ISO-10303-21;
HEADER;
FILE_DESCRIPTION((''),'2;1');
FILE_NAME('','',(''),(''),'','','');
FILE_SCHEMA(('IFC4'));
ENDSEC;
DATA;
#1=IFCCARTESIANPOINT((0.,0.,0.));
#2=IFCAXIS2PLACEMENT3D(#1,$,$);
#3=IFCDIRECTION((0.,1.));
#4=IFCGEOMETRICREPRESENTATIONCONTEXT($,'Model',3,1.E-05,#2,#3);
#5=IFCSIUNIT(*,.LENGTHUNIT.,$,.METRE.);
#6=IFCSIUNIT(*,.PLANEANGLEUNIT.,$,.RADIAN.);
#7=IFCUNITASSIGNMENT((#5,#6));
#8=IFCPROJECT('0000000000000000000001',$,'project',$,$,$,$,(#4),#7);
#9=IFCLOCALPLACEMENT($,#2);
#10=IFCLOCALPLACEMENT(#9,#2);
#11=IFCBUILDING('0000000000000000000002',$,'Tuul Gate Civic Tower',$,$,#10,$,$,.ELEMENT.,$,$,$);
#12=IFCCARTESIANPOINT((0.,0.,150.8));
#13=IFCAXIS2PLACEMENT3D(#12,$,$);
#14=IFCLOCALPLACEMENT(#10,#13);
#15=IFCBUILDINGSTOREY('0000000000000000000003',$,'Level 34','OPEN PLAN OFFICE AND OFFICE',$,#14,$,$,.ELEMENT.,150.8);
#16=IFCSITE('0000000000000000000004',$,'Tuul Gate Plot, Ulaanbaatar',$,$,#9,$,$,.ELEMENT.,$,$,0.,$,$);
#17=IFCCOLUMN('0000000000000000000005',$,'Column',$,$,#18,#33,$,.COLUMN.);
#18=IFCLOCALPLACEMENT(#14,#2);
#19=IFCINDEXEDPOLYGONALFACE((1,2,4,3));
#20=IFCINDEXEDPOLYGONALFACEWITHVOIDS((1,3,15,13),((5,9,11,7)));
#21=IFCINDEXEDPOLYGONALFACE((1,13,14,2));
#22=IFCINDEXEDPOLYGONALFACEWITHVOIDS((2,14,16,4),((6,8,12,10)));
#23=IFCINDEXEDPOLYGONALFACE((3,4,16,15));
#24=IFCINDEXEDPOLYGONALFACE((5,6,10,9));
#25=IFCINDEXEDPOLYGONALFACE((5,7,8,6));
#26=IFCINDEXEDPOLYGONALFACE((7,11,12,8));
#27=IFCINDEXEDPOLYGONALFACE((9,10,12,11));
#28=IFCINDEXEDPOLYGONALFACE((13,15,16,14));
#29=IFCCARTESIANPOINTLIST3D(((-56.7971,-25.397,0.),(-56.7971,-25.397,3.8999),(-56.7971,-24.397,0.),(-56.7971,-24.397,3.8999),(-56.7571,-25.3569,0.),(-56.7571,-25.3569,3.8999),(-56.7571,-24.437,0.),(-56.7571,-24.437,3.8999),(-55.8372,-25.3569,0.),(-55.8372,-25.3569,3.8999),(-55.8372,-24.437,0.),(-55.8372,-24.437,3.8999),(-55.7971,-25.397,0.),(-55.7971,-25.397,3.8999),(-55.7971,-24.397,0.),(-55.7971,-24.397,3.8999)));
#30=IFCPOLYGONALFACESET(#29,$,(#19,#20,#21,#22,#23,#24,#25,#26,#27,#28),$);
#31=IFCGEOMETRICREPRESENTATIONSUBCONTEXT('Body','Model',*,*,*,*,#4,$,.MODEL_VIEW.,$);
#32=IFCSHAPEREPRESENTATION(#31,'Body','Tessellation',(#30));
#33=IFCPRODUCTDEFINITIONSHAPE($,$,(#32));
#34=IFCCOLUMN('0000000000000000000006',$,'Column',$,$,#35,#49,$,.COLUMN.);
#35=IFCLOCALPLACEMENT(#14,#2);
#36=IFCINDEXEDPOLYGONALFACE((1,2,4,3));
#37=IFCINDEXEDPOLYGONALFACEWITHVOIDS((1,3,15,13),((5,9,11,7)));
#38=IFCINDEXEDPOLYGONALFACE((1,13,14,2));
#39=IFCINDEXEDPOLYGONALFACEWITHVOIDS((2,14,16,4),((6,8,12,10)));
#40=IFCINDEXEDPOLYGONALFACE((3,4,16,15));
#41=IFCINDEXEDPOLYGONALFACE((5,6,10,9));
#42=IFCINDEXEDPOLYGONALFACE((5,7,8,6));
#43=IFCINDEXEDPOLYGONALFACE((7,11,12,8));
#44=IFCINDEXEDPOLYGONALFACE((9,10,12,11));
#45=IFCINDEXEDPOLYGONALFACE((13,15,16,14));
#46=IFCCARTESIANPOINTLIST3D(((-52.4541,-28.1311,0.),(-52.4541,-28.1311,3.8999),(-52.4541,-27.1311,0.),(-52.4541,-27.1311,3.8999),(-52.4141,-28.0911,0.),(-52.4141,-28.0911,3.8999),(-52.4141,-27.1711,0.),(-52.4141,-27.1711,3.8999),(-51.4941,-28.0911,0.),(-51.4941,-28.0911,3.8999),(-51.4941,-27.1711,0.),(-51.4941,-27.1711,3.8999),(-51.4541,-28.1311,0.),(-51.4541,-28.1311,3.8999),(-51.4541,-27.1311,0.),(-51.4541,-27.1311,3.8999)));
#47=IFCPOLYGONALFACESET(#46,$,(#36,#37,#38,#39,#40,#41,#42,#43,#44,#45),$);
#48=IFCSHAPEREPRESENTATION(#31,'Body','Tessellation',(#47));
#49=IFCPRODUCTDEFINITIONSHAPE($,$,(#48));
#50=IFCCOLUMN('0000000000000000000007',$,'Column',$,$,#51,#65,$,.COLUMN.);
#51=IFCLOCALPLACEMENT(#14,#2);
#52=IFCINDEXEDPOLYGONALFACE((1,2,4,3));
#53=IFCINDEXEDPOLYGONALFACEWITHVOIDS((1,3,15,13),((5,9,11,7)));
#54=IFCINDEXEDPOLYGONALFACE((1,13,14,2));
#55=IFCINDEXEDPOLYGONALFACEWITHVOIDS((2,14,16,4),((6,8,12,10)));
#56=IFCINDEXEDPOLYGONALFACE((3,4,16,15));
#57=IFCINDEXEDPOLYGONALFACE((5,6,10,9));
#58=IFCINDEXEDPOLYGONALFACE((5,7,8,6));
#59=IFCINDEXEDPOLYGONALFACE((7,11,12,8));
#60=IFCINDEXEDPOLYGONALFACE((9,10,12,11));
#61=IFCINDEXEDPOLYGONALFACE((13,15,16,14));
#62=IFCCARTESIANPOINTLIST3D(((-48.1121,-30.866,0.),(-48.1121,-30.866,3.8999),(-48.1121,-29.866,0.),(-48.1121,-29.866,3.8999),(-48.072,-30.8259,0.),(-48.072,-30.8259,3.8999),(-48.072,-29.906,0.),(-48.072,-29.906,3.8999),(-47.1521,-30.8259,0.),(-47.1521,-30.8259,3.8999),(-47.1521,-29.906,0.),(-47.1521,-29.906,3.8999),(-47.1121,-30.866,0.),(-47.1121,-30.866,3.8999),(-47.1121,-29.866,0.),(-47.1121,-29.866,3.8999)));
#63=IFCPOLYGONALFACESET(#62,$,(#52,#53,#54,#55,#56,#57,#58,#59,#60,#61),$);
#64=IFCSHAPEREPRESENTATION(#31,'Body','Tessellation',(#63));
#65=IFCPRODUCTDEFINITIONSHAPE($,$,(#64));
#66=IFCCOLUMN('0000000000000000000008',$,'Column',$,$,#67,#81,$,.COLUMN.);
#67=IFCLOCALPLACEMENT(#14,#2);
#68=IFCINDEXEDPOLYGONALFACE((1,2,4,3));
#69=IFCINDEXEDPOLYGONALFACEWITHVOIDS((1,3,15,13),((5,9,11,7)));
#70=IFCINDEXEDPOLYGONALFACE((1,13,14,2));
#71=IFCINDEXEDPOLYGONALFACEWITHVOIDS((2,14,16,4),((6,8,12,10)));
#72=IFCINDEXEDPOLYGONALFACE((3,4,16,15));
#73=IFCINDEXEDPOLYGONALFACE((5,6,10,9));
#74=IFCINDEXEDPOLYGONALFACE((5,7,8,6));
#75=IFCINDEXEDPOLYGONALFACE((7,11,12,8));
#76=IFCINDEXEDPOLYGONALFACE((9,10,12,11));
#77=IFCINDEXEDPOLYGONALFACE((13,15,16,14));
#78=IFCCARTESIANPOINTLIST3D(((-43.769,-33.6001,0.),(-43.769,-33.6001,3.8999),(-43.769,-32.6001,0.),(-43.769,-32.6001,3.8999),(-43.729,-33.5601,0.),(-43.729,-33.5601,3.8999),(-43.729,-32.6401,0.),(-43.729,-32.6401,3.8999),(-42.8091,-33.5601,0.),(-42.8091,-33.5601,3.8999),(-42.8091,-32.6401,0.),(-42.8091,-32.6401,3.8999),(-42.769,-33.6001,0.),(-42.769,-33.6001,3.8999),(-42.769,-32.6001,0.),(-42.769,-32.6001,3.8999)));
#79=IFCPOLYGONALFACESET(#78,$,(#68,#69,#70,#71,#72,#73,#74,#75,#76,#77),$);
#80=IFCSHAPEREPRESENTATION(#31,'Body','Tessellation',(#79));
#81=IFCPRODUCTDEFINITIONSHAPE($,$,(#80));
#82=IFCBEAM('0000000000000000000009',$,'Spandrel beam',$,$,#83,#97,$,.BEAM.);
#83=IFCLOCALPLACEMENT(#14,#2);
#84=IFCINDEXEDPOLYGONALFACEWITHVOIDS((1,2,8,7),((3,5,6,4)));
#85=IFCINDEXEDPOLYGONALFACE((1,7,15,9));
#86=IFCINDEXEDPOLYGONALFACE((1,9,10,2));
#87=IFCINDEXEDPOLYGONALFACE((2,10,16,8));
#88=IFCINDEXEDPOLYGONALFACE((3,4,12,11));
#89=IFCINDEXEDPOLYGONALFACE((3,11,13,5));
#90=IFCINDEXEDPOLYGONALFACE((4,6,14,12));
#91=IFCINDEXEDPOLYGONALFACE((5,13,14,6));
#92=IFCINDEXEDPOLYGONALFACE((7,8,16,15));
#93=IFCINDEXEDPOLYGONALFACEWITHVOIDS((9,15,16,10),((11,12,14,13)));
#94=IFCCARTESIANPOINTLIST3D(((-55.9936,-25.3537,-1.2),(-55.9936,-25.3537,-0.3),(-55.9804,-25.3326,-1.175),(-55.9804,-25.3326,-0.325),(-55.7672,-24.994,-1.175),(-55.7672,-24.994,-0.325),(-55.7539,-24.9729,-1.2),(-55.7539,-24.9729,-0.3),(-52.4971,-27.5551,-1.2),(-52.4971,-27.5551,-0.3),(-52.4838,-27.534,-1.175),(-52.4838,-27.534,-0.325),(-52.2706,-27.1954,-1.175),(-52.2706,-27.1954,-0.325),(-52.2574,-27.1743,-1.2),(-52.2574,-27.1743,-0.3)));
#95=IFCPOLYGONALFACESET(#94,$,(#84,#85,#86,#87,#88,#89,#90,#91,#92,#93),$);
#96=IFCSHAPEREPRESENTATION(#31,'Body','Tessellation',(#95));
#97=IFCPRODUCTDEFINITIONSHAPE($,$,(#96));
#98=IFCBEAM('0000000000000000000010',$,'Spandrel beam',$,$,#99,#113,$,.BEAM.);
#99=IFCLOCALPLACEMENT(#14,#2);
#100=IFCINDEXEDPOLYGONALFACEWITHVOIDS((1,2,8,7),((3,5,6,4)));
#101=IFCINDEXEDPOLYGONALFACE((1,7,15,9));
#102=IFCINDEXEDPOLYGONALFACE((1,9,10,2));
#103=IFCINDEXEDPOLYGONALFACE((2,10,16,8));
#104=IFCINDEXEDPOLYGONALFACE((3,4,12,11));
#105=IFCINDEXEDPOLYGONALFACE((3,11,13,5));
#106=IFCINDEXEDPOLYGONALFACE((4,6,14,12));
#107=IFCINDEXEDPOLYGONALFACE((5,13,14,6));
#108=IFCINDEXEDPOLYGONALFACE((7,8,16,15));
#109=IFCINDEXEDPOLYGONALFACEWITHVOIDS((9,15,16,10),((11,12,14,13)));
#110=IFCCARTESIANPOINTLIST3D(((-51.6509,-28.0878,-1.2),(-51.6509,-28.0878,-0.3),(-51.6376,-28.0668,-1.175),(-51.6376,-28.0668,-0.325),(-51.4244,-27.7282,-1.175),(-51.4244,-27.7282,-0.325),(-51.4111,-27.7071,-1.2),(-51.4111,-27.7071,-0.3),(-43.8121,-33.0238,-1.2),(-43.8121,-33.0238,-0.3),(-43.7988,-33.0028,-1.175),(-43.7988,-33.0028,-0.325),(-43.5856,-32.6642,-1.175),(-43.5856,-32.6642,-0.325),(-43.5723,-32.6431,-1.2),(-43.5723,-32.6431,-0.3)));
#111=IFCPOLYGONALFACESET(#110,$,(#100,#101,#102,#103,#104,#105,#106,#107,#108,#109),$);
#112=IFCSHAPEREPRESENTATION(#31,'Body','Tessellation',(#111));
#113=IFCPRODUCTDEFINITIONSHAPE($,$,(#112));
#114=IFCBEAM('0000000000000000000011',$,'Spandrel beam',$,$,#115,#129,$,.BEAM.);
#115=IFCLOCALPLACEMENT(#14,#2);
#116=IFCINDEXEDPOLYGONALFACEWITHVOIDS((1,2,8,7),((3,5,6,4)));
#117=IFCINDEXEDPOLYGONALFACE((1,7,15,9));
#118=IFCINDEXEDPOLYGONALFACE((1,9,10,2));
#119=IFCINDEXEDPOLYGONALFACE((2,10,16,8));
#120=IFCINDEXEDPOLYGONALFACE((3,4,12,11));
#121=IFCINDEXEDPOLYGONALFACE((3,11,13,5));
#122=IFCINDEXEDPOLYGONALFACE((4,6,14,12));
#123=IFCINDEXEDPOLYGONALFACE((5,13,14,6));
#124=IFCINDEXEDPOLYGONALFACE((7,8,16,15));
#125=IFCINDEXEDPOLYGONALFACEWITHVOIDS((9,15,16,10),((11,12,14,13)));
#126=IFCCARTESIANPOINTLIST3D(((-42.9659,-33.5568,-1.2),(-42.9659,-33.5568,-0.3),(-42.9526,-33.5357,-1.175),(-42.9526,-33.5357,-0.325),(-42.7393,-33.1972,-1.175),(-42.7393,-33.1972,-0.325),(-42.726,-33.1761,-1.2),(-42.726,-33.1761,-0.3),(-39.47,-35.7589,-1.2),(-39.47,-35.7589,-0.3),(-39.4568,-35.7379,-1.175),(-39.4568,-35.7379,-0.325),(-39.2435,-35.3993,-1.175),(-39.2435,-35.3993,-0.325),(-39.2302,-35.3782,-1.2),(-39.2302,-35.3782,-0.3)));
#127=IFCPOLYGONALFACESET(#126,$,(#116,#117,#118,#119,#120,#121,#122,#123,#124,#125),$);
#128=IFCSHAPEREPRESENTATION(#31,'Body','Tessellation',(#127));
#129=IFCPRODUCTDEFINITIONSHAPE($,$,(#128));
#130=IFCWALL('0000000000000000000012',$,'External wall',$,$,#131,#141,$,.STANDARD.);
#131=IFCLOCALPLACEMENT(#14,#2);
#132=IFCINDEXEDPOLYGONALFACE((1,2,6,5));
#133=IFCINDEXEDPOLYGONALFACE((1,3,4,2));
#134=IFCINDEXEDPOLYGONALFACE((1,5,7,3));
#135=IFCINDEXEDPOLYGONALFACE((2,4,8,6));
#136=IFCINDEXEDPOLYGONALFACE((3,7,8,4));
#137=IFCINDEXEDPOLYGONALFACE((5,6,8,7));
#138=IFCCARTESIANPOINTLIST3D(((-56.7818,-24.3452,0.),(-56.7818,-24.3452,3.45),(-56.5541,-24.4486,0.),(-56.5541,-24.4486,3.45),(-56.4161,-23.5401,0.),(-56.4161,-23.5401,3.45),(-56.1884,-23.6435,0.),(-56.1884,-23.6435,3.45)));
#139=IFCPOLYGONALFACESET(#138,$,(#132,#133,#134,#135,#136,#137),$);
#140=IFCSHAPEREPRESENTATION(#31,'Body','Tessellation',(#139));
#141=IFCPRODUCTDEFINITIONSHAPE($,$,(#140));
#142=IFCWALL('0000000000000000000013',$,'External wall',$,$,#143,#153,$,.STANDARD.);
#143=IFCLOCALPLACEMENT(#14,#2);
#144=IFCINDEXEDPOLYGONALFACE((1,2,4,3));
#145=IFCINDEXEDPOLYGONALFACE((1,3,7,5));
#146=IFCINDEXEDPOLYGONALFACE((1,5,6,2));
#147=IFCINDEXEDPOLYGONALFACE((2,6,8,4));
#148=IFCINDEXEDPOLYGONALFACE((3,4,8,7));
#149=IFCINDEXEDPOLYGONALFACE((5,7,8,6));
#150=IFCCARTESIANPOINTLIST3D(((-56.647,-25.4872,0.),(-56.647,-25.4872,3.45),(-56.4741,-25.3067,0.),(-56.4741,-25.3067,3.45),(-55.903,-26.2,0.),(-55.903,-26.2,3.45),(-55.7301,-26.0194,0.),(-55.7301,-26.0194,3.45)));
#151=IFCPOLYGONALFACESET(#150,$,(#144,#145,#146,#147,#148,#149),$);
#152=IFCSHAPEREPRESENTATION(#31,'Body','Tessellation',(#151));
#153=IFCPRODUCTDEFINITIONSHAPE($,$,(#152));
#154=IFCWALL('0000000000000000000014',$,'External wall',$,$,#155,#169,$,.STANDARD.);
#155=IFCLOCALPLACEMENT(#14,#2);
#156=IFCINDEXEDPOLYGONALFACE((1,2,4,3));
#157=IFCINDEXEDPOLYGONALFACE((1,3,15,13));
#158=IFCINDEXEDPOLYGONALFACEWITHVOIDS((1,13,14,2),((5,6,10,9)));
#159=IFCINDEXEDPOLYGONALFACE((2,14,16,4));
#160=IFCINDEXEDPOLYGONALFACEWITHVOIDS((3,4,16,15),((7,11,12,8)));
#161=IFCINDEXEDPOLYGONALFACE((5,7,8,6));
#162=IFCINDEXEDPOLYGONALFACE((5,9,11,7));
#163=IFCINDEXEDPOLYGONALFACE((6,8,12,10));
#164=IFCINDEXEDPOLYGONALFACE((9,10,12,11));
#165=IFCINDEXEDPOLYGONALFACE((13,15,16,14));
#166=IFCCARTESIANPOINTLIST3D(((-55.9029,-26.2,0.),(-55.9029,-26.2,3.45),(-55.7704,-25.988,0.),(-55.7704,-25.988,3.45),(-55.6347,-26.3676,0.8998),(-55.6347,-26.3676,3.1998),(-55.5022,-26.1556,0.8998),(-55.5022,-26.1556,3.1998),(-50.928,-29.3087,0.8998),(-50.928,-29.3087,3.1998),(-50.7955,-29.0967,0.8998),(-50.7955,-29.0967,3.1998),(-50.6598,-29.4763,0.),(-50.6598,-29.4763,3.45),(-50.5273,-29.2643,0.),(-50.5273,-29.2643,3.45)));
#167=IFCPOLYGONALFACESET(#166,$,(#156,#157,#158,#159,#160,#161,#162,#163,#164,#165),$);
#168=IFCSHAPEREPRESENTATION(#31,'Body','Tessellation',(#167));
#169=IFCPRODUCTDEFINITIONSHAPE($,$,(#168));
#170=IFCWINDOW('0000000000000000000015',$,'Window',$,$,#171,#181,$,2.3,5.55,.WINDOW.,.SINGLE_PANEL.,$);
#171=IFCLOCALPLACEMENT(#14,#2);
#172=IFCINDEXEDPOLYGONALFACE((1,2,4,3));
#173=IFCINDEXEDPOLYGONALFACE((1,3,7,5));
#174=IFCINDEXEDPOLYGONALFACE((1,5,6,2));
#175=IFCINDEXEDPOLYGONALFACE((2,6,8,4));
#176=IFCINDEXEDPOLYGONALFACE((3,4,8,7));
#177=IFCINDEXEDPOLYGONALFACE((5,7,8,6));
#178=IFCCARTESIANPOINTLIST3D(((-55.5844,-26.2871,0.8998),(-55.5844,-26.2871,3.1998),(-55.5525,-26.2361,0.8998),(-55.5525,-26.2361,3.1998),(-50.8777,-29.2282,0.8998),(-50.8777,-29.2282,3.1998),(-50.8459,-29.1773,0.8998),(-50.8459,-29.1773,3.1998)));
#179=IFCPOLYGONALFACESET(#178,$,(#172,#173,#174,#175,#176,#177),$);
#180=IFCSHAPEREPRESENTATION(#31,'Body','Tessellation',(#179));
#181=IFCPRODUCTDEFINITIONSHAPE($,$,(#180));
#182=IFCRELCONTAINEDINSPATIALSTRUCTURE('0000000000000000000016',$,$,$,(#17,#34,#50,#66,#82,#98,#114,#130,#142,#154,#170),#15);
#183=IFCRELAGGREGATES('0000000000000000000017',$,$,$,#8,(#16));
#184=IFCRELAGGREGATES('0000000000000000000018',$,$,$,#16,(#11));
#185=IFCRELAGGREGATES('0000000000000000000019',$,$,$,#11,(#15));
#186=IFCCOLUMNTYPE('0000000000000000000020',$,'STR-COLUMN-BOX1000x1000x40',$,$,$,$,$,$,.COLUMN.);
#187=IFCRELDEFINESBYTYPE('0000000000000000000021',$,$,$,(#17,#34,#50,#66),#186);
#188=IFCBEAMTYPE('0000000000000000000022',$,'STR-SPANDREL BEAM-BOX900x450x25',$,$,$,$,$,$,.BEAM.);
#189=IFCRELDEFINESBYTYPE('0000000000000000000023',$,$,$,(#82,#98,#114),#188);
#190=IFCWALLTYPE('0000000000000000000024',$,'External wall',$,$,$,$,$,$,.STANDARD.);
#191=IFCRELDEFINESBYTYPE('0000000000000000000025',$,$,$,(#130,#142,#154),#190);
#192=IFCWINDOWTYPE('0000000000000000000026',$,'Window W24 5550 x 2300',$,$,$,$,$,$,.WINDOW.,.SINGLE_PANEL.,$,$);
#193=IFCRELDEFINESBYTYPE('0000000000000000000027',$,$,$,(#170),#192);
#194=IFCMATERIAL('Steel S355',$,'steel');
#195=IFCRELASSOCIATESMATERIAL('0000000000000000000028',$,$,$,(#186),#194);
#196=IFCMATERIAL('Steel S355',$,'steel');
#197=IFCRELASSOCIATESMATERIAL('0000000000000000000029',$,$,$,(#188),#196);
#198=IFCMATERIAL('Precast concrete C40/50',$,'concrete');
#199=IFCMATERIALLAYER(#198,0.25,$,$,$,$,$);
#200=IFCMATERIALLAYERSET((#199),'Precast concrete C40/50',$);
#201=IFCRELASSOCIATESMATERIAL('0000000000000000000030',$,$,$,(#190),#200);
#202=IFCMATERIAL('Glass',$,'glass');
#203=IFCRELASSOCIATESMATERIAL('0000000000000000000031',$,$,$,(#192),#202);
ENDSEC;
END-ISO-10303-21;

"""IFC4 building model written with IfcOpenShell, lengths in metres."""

from ifc_helpers import new_model, si_unit, direction, frame, frame_2d, origin, origin_2d, place, context, subcontext, project, spatial, rectangle, hollow_rectangle, extrude, material, layer, layer_set, material_profile, profile_set, type_object, element, fill, save


model = new_model("IFC4")

# Units and contexts
model_context = context("Model", 3, precision=1e-05, world=origin(), true_north=direction((0.0, 1.0)))
body_context = subcontext(model_context, "Body", "Model", "MODEL_VIEW")
ifc_project = project(units=[si_unit("LENGTHUNIT", "METRE"), si_unit("PLANEANGLEUNIT", "RADIAN")], contexts=[model_context])

# Site, building, storey
site_placement = place(None, origin())
site = spatial("IfcSite", under=ifc_project, at=site_placement, Name="Tuul Gate Plot, Ulaanbaatar", CompositionType="ELEMENT", RefElevation=0.0)
building_placement = place(site_placement, origin())
building = spatial("IfcBuilding", under=site, at=building_placement, Name="Tuul Gate Civic Tower", CompositionType="ELEMENT")
storey_placement = place(building_placement, frame((0.0, 0.0, 150.8)))
storey = spatial("IfcBuildingStorey", under=building, at=storey_placement, Name="Level 34", Description="OPEN PLAN OFFICE AND OFFICE", CompositionType="ELEMENT", Elevation=150.8)

# Columns
ifc_material_1 = material(Name="Steel S355", Category="steel")
ifc_material_profile_1 = material_profile(ifc_material_1, hollow_rectangle(XDim=1.0, YDim=1.0, WallThickness=0.04, at=origin_2d()), Name="BOX1000x1000x40")
ifc_profile_set_1 = profile_set([ifc_material_profile_1], Name="Steel S355")
column_type = type_object("IfcColumnType", Name="STR-COLUMN-BOX1000x1000x40", PredefinedType="COLUMN", material=ifc_profile_set_1)
for number, where, z_axis, x_axis, name in (
    (1, (-56.2971, -24.897, 0.0), (0.0, 0.0, 1.0), (1.0, 0.0, 0.0), "Column"),
    (2, (-51.9541, -27.6311, 0.0), (0.0, 0.0, 1.0), (1.0, 0.0, 0.0), "Column"),
    (3, (-47.6121, -30.366, 0.0), (0.0, 0.0, 1.0), (1.0, 0.0, 0.0), "Column"),
    (4, (-43.269, -33.1001, 0.0), (0.0, 0.0, 1.0), (1.0, 0.0, 0.0), "Column"),
):
    element("IfcColumn", number, at=place(storey_placement, frame(where, z_axis=z_axis, x_axis=x_axis)), inside=storey, type_object=column_type, Name=name, PredefinedType="COLUMN", context=body_context, shape_type="SweptSolid", body=[
        extrude(hollow_rectangle(XDim=1.0, YDim=1.0, WallThickness=0.04, at=origin_2d()), origin(), (0.0, 0.0, 1.0), 3.8999),
    ])

# Beams
ifc_material_2 = material(Name="Steel S355", Category="steel")
ifc_material_profile_2 = material_profile(ifc_material_2, hollow_rectangle(XDim=0.45, YDim=0.8999, WallThickness=0.0249, at=origin_2d()), Name="BOX900x450x25")
ifc_profile_set_2 = profile_set([ifc_material_profile_2], Name="Steel S355")
beam_type = type_object("IfcBeamType", Name="STR-SPANDREL BEAM-BOX900x450x25", PredefinedType="BEAM", material=ifc_profile_set_2)
beam_1_placement = place(storey_placement, frame((-55.8738, -25.1633, -0.75), z_axis=(0.846248, -0.53279, 0.0), x_axis=(0.53279, 0.846248, 0.0)))
element("IfcBeam", 5, at=beam_1_placement, inside=storey, type_object=beam_type, Name="Spandrel beam", PredefinedType="BEAM", context=body_context, shape_type="SweptSolid", body=[
    extrude(hollow_rectangle(XDim=0.45, YDim=0.8999, WallThickness=0.0249, at=origin_2d()), origin(), (0.0, 0.0, 1.0), 4.1318),
])
beam_2_placement = place(storey_placement, frame((-51.531, -27.8975, -0.75), z_axis=(0.846211, -0.532848, 0.0), x_axis=(0.532848, 0.846211, 0.0)))
element("IfcBeam", 6, at=beam_2_placement, inside=storey, type_object=beam_type, Name="Spandrel beam", PredefinedType="BEAM", context=body_context, shape_type="SweptSolid", body=[
    extrude(hollow_rectangle(XDim=0.45, YDim=0.8999, WallThickness=0.0249, at=origin_2d()), origin(), (0.0, 0.0, 1.0), 9.2634),
])
beam_3_placement = place(storey_placement, frame((-42.8459, -33.3665, -0.75), z_axis=(0.846117, -0.532997, 0.0), x_axis=(0.532997, 0.846117, 0.0)))
element("IfcBeam", 7, at=beam_3_placement, inside=storey, type_object=beam_type, Name="Spandrel beam", PredefinedType="BEAM", context=body_context, shape_type="SweptSolid", body=[
    extrude(hollow_rectangle(XDim=0.45, YDim=0.8999, WallThickness=0.0249, at=origin_2d()), origin(), (0.0, 0.0, 1.0), 4.1316),
])

# Walls
ifc_material_3 = material(Name="Precast concrete C40/50", Category="concrete")
ifc_layer = layer(ifc_material_3, 0.25)
ifc_layer_set = layer_set([ifc_layer], Name="Precast concrete C40/50")
wall_type = type_object("IfcWallType", Name="External wall", PredefinedType="STANDARD", material=ifc_layer_set)
wall_1_placement = place(storey_placement, frame((-56.3022, -23.5918, 0.0), z_axis=(0.0, 0.0, 1.0), x_axis=(-0.413553, -0.91048, 0.0)))
element("IfcWall", 8, at=wall_1_placement, inside=storey, type_object=wall_type, Name="External wall", PredefinedType="STANDARD", context=body_context, shape_type="SweptSolid", body=[
    extrude(rectangle(XDim=0.8843, YDim=0.25, at=frame_2d((0.4421, 0.0))), origin(), (0.0, 0.0, 1.0), 3.45),
])
wall_2_placement = place(storey_placement, frame((-56.5605, -25.397, 0.0), z_axis=(0.0, 0.0, 1.0), x_axis=(0.722112, -0.691777, 0.0)))
element("IfcWall", 9, at=wall_2_placement, inside=storey, type_object=wall_type, Name="External wall", PredefinedType="STANDARD", context=body_context, shape_type="SweptSolid", body=[
    extrude(rectangle(XDim=1.0303, YDim=0.25, at=frame_2d((0.5151, 0.0))), origin(), (0.0, 0.0, 1.0), 3.45),
])

# Wall, opening, window
wall_3_placement = place(storey_placement, frame((-55.8367, -26.094, 0.0), z_axis=(0.0, 0.0, 1.0), x_axis=(0.848043, -0.529928, 0.0)))
wall_3 = element("IfcWall", 10, at=wall_3_placement, inside=storey, type_object=wall_type, Name="External wall", PredefinedType="STANDARD", context=body_context, shape_type="SweptSolid", body=[
    extrude(rectangle(XDim=6.1826, YDim=0.25, at=frame_2d((3.0913, 0.0))), origin(), (0.0, 0.0, 1.0), 3.45),
])
opening_1_placement = place(wall_3_placement, frame((0.3164, 0.0, 0.8999)))
opening_1 = element("IfcOpeningElement", 11, at=opening_1_placement, cuts=wall_3, PredefinedType="OPENING", context=body_context, shape_type="SweptSolid", body=[
    extrude(rectangle(XDim=5.55, YDim=2.3, at=frame_2d((2.7749, 1.1499))), frame((0.0, 0.135, 0.0), z_axis=(0.0, -1.0, 0.0), x_axis=(1.0, 0.0, 0.0)), (0.0, 0.0, 1.0), 0.27),
])
ifc_material_4 = material(Name="Glass", Category="glass")
window_type_1 = type_object("IfcWindowType", Name="Window W24 5550 x 2300", PartitioningType="SINGLE_PANEL", PredefinedType="WINDOW", material=ifc_material_4)
window_1_placement = place(opening_1_placement, origin())
window_1 = element("IfcWindow", 12, at=window_1_placement, inside=storey, type_object=window_type_1, Name="Window", OverallHeight=2.3, OverallWidth=5.55, PartitioningType="SINGLE_PANEL", PredefinedType="WINDOW", context=body_context, shape_type="SweptSolid", body=[
    extrude(rectangle(XDim=5.55, YDim=2.3, at=frame_2d((2.7749, 1.1499))), frame((0.0, 0.03, 0.0), z_axis=(0.0, -1.0, 0.0), x_axis=(1.0, 0.0, 0.0)), (0.0, 0.0, 1.0), 0.0601),
])
fill(opening_1, window_1)

save(model, "model.ifc")
